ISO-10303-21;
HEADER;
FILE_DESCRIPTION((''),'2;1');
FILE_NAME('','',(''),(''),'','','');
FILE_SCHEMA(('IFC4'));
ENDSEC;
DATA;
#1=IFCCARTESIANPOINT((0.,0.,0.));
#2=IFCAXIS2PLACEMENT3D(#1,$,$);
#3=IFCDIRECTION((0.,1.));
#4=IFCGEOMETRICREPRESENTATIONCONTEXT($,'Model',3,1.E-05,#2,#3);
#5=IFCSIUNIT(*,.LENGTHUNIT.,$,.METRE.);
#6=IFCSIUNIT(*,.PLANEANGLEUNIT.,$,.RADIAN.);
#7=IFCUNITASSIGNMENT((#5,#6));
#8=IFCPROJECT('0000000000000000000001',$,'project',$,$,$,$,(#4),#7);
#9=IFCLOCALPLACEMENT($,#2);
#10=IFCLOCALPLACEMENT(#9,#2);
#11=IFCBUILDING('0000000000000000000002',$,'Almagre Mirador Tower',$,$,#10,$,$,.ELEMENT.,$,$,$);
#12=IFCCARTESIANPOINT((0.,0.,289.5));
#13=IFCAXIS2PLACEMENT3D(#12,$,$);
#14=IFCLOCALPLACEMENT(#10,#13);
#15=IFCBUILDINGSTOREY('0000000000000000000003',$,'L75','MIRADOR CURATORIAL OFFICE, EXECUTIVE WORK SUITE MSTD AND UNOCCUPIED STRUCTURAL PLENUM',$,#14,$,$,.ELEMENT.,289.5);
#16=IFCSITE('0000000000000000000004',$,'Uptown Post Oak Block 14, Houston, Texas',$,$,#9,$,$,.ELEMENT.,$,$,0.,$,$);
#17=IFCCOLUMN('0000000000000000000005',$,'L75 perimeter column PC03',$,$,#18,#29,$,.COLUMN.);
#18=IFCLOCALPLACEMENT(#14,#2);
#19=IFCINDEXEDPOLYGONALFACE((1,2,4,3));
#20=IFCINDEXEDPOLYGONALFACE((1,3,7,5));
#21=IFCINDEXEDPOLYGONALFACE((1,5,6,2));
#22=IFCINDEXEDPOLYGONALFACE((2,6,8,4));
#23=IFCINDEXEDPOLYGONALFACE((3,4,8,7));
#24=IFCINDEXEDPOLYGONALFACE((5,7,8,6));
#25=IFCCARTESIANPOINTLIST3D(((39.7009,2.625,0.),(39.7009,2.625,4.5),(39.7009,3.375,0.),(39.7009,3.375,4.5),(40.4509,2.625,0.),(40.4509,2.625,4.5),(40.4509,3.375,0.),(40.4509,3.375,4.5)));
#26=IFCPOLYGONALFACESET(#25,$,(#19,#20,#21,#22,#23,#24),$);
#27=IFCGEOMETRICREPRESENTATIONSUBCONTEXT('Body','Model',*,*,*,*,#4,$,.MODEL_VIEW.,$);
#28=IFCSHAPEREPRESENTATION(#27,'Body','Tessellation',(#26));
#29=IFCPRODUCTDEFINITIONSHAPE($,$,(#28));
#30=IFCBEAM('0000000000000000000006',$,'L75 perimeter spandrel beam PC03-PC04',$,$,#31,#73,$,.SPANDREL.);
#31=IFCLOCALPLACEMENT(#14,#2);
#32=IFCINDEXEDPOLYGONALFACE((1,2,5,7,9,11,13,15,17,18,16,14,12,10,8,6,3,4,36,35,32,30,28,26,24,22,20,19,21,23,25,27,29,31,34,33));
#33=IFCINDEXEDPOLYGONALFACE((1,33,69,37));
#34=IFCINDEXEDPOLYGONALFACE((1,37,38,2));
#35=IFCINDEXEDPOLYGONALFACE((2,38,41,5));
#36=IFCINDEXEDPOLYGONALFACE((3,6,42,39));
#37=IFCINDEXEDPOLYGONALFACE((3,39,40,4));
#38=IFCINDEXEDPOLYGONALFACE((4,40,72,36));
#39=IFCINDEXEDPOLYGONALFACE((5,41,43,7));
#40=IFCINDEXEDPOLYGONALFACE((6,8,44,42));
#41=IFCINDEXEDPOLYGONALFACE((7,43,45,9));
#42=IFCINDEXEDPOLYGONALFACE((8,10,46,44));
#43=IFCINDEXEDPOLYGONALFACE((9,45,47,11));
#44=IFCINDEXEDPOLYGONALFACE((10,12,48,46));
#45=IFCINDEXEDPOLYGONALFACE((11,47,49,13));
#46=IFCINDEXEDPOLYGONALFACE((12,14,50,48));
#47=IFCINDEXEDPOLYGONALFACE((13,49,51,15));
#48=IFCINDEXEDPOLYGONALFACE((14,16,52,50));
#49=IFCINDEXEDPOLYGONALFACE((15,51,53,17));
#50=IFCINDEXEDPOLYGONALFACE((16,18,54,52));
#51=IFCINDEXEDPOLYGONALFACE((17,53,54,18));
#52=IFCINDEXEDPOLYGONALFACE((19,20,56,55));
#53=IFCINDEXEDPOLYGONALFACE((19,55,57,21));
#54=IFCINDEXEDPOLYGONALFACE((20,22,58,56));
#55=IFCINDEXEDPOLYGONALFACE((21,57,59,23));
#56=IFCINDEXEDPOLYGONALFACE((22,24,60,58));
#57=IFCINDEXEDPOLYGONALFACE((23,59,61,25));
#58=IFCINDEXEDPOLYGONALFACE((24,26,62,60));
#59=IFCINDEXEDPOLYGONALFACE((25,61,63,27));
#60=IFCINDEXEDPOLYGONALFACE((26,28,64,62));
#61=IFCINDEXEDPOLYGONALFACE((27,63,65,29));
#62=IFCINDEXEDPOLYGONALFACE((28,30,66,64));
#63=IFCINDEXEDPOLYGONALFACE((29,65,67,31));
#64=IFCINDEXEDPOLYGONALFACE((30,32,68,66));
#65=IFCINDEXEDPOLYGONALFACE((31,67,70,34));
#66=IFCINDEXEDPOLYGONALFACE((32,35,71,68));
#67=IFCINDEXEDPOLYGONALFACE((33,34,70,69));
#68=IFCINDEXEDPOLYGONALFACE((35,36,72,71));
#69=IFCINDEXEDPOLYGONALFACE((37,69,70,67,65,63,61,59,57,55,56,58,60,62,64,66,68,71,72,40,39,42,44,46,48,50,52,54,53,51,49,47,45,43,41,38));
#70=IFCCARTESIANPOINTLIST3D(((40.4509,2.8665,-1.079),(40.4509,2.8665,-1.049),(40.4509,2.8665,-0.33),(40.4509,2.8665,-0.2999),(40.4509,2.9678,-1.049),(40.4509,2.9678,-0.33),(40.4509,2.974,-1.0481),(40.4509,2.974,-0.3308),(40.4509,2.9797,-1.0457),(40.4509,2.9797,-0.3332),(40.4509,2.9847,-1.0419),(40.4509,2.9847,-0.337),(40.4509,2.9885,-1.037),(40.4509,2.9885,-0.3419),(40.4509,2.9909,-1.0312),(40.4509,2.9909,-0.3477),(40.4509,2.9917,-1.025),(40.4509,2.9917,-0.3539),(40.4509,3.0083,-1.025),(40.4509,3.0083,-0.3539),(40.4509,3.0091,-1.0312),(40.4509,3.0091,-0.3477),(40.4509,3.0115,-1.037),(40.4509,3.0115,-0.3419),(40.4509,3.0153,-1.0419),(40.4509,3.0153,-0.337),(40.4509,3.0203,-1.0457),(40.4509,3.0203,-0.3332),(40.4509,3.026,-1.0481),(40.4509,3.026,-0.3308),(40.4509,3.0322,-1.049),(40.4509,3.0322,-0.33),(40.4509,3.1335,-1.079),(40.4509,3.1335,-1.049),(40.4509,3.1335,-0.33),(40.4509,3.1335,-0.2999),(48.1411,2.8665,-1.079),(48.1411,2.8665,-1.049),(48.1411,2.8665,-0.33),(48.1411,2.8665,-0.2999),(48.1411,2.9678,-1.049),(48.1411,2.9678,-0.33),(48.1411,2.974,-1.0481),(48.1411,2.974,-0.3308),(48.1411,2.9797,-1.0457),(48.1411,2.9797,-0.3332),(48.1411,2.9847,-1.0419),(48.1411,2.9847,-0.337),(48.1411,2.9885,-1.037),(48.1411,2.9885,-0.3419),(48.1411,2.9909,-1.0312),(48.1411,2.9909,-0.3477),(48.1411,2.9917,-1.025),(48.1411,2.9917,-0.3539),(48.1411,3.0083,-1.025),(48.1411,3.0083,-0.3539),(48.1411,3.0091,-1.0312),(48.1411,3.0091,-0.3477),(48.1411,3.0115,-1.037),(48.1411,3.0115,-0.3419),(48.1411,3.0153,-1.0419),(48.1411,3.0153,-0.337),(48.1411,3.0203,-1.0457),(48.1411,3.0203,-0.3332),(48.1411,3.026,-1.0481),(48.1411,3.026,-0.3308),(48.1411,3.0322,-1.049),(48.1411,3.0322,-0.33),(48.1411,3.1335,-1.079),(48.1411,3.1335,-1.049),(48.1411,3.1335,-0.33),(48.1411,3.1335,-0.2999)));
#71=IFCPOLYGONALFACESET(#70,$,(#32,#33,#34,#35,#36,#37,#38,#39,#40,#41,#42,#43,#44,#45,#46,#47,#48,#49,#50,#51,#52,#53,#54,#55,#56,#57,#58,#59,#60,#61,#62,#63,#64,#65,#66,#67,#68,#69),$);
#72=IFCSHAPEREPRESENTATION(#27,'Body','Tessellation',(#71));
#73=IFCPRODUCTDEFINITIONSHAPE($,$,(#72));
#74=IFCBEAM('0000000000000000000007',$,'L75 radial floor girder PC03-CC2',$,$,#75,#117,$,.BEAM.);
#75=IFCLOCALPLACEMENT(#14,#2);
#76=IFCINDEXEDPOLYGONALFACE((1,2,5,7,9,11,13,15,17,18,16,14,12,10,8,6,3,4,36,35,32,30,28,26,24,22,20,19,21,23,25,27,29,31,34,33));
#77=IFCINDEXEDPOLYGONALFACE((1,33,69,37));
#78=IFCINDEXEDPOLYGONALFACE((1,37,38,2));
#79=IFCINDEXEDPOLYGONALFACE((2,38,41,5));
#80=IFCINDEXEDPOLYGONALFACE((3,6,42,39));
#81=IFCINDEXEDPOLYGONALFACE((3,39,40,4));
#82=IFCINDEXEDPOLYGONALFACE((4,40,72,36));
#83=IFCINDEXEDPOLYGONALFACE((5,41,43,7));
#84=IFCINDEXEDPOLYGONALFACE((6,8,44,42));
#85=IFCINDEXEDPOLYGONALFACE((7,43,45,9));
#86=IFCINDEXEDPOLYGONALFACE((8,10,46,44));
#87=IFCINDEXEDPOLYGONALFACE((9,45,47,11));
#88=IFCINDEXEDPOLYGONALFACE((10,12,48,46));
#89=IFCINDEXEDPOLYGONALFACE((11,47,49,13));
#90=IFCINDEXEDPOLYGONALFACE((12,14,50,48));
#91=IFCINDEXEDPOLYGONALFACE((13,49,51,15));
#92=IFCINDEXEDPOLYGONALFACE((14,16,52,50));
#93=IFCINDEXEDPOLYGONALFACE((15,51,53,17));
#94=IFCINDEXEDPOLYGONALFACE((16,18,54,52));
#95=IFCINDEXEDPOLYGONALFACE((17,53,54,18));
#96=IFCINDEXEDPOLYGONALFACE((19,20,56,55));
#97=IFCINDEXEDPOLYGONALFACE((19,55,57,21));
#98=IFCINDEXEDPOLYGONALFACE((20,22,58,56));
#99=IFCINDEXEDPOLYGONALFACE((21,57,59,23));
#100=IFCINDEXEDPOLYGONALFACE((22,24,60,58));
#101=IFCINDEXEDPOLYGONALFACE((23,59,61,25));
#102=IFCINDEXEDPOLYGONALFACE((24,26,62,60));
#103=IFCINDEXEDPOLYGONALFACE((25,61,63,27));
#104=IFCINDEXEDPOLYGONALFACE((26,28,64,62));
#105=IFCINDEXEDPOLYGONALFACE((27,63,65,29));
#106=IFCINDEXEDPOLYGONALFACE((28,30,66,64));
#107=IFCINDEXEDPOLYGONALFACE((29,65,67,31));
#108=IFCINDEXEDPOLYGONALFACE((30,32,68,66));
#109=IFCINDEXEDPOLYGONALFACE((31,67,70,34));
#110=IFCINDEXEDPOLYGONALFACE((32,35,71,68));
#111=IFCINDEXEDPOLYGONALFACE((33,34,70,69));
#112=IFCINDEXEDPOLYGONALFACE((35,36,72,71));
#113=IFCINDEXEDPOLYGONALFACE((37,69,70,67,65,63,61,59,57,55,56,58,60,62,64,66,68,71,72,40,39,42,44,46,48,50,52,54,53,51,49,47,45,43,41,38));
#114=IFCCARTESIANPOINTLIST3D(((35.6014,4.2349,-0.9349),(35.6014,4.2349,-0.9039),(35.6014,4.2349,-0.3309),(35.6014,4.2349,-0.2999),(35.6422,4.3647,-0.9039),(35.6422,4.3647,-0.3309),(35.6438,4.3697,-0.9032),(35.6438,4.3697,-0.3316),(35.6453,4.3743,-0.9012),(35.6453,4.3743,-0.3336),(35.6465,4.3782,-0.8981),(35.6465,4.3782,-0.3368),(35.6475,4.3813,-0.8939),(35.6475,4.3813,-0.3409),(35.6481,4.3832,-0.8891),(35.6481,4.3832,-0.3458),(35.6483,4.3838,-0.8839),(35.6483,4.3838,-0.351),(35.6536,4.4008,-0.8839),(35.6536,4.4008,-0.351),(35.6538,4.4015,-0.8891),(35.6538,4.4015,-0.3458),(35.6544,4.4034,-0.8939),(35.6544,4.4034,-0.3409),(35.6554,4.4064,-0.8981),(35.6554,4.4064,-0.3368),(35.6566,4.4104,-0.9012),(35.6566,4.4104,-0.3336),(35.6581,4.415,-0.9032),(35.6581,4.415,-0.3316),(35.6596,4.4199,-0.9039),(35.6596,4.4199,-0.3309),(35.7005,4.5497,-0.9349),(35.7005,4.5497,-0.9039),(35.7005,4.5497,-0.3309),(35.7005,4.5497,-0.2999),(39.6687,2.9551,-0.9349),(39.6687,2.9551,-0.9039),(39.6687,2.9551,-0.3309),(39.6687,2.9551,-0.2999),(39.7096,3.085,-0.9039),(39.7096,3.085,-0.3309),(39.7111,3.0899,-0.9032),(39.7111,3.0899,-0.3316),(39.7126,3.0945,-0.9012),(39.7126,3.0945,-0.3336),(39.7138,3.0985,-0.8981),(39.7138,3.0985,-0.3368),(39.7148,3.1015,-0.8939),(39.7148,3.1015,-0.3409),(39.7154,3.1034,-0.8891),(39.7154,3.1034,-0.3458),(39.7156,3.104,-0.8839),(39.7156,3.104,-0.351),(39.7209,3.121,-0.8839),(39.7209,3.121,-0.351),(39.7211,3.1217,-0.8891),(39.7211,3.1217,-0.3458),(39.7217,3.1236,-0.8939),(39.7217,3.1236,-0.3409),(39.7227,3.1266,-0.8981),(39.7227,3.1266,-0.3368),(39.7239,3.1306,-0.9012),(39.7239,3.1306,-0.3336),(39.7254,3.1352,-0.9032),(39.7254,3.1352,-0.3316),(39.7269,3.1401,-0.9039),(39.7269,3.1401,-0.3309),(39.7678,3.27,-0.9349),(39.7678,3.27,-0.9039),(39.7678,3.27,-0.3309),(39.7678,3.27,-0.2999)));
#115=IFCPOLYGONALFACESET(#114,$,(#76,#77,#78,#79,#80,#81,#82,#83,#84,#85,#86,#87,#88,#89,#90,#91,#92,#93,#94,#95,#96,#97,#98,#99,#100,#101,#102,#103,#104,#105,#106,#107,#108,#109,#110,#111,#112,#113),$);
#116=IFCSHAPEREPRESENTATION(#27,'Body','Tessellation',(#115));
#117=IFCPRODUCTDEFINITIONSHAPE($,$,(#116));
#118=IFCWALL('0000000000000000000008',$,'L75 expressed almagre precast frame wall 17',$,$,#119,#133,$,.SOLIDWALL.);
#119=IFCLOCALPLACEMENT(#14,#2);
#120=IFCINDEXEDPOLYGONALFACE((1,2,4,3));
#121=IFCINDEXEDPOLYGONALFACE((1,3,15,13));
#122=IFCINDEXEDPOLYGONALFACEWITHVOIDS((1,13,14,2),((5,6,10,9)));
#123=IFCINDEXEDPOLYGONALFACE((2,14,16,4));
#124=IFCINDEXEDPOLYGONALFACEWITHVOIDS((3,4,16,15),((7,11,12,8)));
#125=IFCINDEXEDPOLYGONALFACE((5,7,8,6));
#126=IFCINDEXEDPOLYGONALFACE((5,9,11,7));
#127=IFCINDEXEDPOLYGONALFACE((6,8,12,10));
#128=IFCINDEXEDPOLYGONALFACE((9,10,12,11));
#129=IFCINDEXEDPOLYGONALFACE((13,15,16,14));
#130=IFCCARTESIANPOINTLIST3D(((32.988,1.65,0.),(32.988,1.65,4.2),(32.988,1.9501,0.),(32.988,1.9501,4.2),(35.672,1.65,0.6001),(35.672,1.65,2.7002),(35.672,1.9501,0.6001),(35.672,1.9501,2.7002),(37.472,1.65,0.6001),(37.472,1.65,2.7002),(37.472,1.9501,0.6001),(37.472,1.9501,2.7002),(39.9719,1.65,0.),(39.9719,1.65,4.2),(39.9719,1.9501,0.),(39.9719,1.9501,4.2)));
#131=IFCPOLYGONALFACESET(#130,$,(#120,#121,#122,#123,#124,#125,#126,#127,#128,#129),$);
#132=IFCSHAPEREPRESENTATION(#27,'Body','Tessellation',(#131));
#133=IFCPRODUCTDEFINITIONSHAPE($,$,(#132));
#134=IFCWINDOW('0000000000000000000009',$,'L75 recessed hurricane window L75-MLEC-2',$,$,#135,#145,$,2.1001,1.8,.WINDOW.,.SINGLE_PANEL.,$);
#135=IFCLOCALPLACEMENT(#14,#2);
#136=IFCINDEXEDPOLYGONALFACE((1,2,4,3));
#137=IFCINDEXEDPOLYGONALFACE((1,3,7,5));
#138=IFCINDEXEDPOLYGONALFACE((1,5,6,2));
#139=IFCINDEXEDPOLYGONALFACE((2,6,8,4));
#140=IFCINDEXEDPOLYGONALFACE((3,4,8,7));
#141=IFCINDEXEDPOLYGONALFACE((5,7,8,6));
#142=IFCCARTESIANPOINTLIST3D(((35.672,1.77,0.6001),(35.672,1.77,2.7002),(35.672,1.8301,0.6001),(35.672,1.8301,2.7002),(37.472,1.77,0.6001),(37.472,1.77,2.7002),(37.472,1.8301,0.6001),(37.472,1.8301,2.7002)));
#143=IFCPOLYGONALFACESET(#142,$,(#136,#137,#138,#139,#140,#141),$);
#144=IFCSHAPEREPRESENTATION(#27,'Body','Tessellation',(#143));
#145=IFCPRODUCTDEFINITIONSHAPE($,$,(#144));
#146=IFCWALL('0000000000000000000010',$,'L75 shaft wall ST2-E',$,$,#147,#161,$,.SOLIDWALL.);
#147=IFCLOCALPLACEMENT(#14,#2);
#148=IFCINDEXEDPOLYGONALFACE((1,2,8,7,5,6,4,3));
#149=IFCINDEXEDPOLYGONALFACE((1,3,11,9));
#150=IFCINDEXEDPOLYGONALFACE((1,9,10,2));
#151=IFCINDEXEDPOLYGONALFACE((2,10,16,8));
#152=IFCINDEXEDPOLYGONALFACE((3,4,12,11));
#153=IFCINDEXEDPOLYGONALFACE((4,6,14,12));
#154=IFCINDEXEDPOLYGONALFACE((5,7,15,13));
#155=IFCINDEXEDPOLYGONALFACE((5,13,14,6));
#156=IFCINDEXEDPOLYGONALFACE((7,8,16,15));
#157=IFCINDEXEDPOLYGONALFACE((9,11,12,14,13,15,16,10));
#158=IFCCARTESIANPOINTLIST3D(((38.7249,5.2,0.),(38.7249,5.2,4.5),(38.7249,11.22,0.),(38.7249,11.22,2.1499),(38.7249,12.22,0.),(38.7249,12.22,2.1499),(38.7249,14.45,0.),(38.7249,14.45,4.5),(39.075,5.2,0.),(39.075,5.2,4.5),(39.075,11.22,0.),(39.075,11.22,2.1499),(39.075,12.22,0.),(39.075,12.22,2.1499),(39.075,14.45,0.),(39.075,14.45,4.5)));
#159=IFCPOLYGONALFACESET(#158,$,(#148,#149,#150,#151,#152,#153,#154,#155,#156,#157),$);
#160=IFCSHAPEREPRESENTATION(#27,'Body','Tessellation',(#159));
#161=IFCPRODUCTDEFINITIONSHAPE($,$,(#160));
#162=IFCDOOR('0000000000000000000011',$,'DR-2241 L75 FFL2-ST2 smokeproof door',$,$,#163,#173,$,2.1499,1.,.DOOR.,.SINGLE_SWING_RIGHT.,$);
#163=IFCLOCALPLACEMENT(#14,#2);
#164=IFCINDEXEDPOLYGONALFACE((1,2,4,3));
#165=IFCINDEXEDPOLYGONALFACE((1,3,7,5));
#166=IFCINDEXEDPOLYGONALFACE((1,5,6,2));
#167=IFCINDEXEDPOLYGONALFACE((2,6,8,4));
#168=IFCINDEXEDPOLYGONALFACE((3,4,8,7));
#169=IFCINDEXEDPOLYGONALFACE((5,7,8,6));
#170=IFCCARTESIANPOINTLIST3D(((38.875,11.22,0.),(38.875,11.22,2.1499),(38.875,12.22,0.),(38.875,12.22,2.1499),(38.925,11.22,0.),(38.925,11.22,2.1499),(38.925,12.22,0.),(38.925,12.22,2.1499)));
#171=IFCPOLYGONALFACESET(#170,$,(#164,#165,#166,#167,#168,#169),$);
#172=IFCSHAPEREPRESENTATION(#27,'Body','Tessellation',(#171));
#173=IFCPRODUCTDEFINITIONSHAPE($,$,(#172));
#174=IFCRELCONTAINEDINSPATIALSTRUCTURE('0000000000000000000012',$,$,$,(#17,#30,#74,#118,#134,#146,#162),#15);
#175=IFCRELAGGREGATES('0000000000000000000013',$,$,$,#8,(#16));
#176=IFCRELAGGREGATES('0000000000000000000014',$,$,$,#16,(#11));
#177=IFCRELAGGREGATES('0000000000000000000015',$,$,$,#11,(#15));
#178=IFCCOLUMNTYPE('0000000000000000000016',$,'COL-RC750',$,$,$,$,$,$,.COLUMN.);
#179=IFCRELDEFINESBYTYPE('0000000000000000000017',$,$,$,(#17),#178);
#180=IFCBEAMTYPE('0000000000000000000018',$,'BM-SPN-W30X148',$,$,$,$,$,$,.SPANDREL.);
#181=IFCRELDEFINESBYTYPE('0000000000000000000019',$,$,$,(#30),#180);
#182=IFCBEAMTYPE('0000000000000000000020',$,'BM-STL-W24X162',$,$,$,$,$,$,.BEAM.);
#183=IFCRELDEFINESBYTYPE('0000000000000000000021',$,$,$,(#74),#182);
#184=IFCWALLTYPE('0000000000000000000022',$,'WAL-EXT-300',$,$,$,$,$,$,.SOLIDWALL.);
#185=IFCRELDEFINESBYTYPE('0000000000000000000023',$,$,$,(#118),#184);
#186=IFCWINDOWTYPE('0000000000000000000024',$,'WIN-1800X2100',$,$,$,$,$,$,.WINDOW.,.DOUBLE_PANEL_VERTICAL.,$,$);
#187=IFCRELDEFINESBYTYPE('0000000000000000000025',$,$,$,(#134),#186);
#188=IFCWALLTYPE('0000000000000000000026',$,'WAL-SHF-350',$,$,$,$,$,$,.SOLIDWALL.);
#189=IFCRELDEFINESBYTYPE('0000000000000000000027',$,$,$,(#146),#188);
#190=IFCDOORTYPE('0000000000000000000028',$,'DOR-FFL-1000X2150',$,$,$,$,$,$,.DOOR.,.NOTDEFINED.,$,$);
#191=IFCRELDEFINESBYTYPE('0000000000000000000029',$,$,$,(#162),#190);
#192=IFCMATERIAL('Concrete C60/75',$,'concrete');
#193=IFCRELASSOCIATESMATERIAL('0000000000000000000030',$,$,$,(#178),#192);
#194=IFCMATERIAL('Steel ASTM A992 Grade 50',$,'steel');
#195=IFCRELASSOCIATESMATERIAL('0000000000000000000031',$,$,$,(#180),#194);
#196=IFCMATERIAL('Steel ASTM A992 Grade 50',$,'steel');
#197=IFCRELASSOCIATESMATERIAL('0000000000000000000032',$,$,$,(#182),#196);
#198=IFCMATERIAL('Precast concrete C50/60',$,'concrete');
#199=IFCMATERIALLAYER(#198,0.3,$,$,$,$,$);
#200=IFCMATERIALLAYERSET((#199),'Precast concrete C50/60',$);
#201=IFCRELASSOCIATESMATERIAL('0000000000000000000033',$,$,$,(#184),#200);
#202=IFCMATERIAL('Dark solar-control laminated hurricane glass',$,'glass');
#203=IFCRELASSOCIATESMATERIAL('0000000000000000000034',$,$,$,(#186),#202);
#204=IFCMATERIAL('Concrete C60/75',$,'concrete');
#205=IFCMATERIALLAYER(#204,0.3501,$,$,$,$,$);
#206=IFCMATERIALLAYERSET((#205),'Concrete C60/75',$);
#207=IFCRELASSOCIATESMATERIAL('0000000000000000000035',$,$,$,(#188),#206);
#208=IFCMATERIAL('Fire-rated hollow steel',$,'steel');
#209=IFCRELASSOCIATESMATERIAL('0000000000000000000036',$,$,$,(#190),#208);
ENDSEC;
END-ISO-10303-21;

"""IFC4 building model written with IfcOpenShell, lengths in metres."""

from ifc_helpers import new_model, si_unit, direction, frame, frame_2d, origin, origin_2d, place, context, subcontext, project, spatial, rectangle, i_section, extrude, material, layer, layer_set, material_profile, profile_set, type_object, element, fill, save


model = new_model("IFC4")

# Units and contexts
model_context = context("Model", 3, precision=1e-05, world=origin(), true_north=direction((0.0, 1.0)))
body_context = subcontext(model_context, "Body", "Model", "MODEL_VIEW")
ifc_project = project(units=[si_unit("LENGTHUNIT", "METRE"), si_unit("PLANEANGLEUNIT", "RADIAN")], contexts=[model_context])

# Site, building, storey
site_placement = place(None, origin())
site = spatial("IfcSite", under=ifc_project, at=site_placement, Name="Uptown Post Oak Block 14, Houston, Texas", CompositionType="ELEMENT", RefElevation=0.0)
building_placement = place(site_placement, origin())
building = spatial("IfcBuilding", under=site, at=building_placement, Name="Almagre Mirador Tower", CompositionType="ELEMENT")
storey_placement = place(building_placement, frame((0.0, 0.0, 289.5)))
storey = spatial("IfcBuildingStorey", under=building, at=storey_placement, Name="L75", Description="MIRADOR CURATORIAL OFFICE, EXECUTIVE WORK SUITE MSTD AND UNOCCUPIED STRUCTURAL PLENUM", CompositionType="ELEMENT", Elevation=289.5)

# Column
ifc_material_1 = material(Name="Concrete C60/75", Category="concrete")
ifc_material_profile_1 = material_profile(ifc_material_1, rectangle(XDim=0.75, YDim=0.75, at=origin_2d()), Name="RC750X750")
ifc_profile_set_1 = profile_set([ifc_material_profile_1], Name="Concrete C60/75")
column_type = type_object("IfcColumnType", Name="COL-RC750", PredefinedType="COLUMN", material=ifc_profile_set_1)
column_placement = place(storey_placement, frame((40.0759, 3.0, 0.0), z_axis=(0.0, 0.0, 1.0), x_axis=(1.0, 0.0, 0.0)))
element("IfcColumn", 1, at=column_placement, inside=storey, type_object=column_type, Name="L75 perimeter column PC03", PredefinedType="COLUMN", context=body_context, shape_type="SweptSolid", body=[
    extrude(rectangle(XDim=0.75, YDim=0.75, at=origin_2d()), origin(), (0.0, 0.0, 1.0), 4.5),
])

# Beams
ifc_material_2 = material(Name="Steel ASTM A992 Grade 50", Category="steel")
ifc_material_profile_2 = material_profile(ifc_material_2, i_section(OverallWidth=0.2671, OverallDepth=0.7791, WebThickness=0.0166, FlangeThickness=0.03, FilletRadius=0.0239, at=origin_2d()), Name="W30X148")
ifc_profile_set_2 = profile_set([ifc_material_profile_2], Name="Steel ASTM A992 Grade 50")
beam_type_1 = type_object("IfcBeamType", Name="BM-SPN-W30X148", PredefinedType="SPANDREL", material=ifc_profile_set_2)
beam_1_placement = place(storey_placement, frame((40.4509, 3.0, -0.6895), z_axis=(1.0, 0.0, 0.0), x_axis=(0.0, 1.0, 0.0)))
element("IfcBeam", 2, at=beam_1_placement, inside=storey, type_object=beam_type_1, Name="L75 perimeter spandrel beam PC03-PC04", PredefinedType="SPANDREL", context=body_context, shape_type="SweptSolid", body=[
    extrude(i_section(OverallWidth=0.2671, OverallDepth=0.7791, WebThickness=0.0166, FlangeThickness=0.03, FilletRadius=0.0239, at=origin_2d()), origin(), (0.0, 0.0, 1.0), 7.6902),
])
ifc_material_3 = material(Name="Steel ASTM A992 Grade 50", Category="steel")
ifc_material_profile_3 = material_profile(ifc_material_3, i_section(OverallWidth=0.3301, OverallDepth=0.635, WebThickness=0.0178, FlangeThickness=0.031, FilletRadius=0.02, at=origin_2d()), Name="W24X162")
ifc_profile_set_3 = profile_set([ifc_material_profile_3], Name="Steel ASTM A992 Grade 50")
beam_type_2 = type_object("IfcBeamType", Name="BM-STL-W24X162", PredefinedType="BEAM", material=ifc_profile_set_3)
beam_2_placement = place(storey_placement, frame((39.7183, 3.1125, -0.6174), z_axis=(-0.953895, 0.300139, 0.0), x_axis=(-0.300139, -0.953895, 0.0)))
element("IfcBeam", 3, at=beam_2_placement, inside=storey, type_object=beam_type_2, Name="L75 radial floor girder PC03-CC2", PredefinedType="BEAM", context=body_context, shape_type="SweptSolid", body=[
    extrude(i_section(OverallWidth=0.3301, OverallDepth=0.635, WebThickness=0.0178, FlangeThickness=0.031, FilletRadius=0.02, at=origin_2d()), origin(), (0.0, 0.0, 1.0), 4.2639),
])

# Wall, opening, window
ifc_material_4 = material(Name="Precast concrete C50/60", Category="concrete")
ifc_layer_1 = layer(ifc_material_4, 0.3)
ifc_layer_set_1 = layer_set([ifc_layer_1], Name="Precast concrete C50/60")
wall_type_1 = type_object("IfcWallType", Name="WAL-EXT-300", PredefinedType="SOLIDWALL", material=ifc_layer_set_1)
wall_1_placement = place(storey_placement, frame((39.9719, 1.8, 0.0), z_axis=(0.0, 0.0, 1.0), x_axis=(-1.0, 0.0, 0.0)))
wall_1 = element("IfcWall", 4, at=wall_1_placement, inside=storey, type_object=wall_type_1, Name="L75 expressed almagre precast frame wall 17", PredefinedType="SOLIDWALL", context=body_context, shape_type="SweptSolid", body=[
    extrude(rectangle(XDim=6.9839, YDim=0.3, at=frame_2d((3.4919, 0.0))), origin(), (0.0, 0.0, 1.0), 4.2),
])
opening_1_placement = place(wall_1_placement, frame((2.5, 0.0, 0.6001)))
opening_1 = element("IfcOpeningElement", 5, at=opening_1_placement, cuts=wall_1, PredefinedType="OPENING", context=body_context, shape_type="SweptSolid", body=[
    extrude(rectangle(XDim=1.8, YDim=2.1001, at=frame_2d((0.8999, 1.05))), frame((0.0, 0.1599, 0.0), z_axis=(0.0, -1.0, 0.0), x_axis=(1.0, 0.0, 0.0)), (0.0, 0.0, 1.0), 0.32),
])
ifc_material_5 = material(Name="Dark solar-control laminated hurricane glass", Category="glass")
window_type = type_object("IfcWindowType", Name="WIN-1800X2100", PartitioningType="DOUBLE_PANEL_VERTICAL", PredefinedType="WINDOW", material=ifc_material_5)
window_placement = place(opening_1_placement, origin())
window = element("IfcWindow", 6, at=window_placement, inside=storey, type_object=window_type, Name="L75 recessed hurricane window L75-MLEC-2", OverallHeight=2.1001, OverallWidth=1.8, PartitioningType="SINGLE_PANEL", PredefinedType="WINDOW", context=body_context, shape_type="SweptSolid", body=[
    extrude(rectangle(XDim=1.8, YDim=2.1001, at=frame_2d((0.8999, 1.05))), frame((0.0, 0.03, 0.0), z_axis=(0.0, -1.0, 0.0), x_axis=(1.0, 0.0, 0.0)), (0.0, 0.0, 1.0), 0.0601),
])
fill(opening_1, window)

# Wall, opening, door
ifc_material_6 = material(Name="Concrete C60/75", Category="concrete")
ifc_layer_2 = layer(ifc_material_6, 0.3501)
ifc_layer_set_2 = layer_set([ifc_layer_2], Name="Concrete C60/75")
wall_type_2 = type_object("IfcWallType", Name="WAL-SHF-350", PredefinedType="SOLIDWALL", material=ifc_layer_set_2)
wall_2_placement = place(storey_placement, frame((38.8999, 5.2, 0.0), z_axis=(0.0, 0.0, 1.0), x_axis=(0.0, 1.0, 0.0)))
wall_2 = element("IfcWall", 7, at=wall_2_placement, inside=storey, type_object=wall_type_2, Name="L75 shaft wall ST2-E", PredefinedType="SOLIDWALL", context=body_context, shape_type="SweptSolid", body=[
    extrude(rectangle(XDim=9.25, YDim=0.3501, at=frame_2d((4.625, 0.0))), origin(), (0.0, 0.0, 1.0), 4.5),
])
opening_2_placement = place(wall_2_placement, frame((6.02, 0.0, 0.0)))
opening_2 = element("IfcOpeningElement", 8, at=opening_2_placement, cuts=wall_2, PredefinedType="OPENING", context=body_context, shape_type="SweptSolid", body=[
    extrude(rectangle(XDim=1.0, YDim=2.1499, at=frame_2d((0.5, 1.075))), frame((0.0, 0.185, 0.0), z_axis=(0.0, -1.0, 0.0), x_axis=(1.0, 0.0, 0.0)), (0.0, 0.0, 1.0), 0.3701),
])
ifc_material_7 = material(Name="Fire-rated hollow steel", Category="steel")
door_type_1 = type_object("IfcDoorType", Name="DOR-FFL-1000X2150", OperationType="NOTDEFINED", PredefinedType="DOOR", material=ifc_material_7)
door_1_placement = place(opening_2_placement, origin())
door_1 = element("IfcDoor", 9, at=door_1_placement, inside=storey, type_object=door_type_1, Name="DR-2241 L75 FFL2-ST2 smokeproof door", OperationType="SINGLE_SWING_RIGHT", OverallHeight=2.1499, OverallWidth=1.0, PredefinedType="DOOR", context=body_context, shape_type="SweptSolid", body=[
    extrude(rectangle(XDim=1.0, YDim=2.1499, at=frame_2d((0.5, 1.075))), frame((0.0, 0.0249, 0.0), z_axis=(0.0, -1.0, 0.0), x_axis=(1.0, 0.0, 0.0)), (0.0, 0.0, 1.0), 0.05),
])
fill(opening_2, door_1)

save(model, "model.ifc")
